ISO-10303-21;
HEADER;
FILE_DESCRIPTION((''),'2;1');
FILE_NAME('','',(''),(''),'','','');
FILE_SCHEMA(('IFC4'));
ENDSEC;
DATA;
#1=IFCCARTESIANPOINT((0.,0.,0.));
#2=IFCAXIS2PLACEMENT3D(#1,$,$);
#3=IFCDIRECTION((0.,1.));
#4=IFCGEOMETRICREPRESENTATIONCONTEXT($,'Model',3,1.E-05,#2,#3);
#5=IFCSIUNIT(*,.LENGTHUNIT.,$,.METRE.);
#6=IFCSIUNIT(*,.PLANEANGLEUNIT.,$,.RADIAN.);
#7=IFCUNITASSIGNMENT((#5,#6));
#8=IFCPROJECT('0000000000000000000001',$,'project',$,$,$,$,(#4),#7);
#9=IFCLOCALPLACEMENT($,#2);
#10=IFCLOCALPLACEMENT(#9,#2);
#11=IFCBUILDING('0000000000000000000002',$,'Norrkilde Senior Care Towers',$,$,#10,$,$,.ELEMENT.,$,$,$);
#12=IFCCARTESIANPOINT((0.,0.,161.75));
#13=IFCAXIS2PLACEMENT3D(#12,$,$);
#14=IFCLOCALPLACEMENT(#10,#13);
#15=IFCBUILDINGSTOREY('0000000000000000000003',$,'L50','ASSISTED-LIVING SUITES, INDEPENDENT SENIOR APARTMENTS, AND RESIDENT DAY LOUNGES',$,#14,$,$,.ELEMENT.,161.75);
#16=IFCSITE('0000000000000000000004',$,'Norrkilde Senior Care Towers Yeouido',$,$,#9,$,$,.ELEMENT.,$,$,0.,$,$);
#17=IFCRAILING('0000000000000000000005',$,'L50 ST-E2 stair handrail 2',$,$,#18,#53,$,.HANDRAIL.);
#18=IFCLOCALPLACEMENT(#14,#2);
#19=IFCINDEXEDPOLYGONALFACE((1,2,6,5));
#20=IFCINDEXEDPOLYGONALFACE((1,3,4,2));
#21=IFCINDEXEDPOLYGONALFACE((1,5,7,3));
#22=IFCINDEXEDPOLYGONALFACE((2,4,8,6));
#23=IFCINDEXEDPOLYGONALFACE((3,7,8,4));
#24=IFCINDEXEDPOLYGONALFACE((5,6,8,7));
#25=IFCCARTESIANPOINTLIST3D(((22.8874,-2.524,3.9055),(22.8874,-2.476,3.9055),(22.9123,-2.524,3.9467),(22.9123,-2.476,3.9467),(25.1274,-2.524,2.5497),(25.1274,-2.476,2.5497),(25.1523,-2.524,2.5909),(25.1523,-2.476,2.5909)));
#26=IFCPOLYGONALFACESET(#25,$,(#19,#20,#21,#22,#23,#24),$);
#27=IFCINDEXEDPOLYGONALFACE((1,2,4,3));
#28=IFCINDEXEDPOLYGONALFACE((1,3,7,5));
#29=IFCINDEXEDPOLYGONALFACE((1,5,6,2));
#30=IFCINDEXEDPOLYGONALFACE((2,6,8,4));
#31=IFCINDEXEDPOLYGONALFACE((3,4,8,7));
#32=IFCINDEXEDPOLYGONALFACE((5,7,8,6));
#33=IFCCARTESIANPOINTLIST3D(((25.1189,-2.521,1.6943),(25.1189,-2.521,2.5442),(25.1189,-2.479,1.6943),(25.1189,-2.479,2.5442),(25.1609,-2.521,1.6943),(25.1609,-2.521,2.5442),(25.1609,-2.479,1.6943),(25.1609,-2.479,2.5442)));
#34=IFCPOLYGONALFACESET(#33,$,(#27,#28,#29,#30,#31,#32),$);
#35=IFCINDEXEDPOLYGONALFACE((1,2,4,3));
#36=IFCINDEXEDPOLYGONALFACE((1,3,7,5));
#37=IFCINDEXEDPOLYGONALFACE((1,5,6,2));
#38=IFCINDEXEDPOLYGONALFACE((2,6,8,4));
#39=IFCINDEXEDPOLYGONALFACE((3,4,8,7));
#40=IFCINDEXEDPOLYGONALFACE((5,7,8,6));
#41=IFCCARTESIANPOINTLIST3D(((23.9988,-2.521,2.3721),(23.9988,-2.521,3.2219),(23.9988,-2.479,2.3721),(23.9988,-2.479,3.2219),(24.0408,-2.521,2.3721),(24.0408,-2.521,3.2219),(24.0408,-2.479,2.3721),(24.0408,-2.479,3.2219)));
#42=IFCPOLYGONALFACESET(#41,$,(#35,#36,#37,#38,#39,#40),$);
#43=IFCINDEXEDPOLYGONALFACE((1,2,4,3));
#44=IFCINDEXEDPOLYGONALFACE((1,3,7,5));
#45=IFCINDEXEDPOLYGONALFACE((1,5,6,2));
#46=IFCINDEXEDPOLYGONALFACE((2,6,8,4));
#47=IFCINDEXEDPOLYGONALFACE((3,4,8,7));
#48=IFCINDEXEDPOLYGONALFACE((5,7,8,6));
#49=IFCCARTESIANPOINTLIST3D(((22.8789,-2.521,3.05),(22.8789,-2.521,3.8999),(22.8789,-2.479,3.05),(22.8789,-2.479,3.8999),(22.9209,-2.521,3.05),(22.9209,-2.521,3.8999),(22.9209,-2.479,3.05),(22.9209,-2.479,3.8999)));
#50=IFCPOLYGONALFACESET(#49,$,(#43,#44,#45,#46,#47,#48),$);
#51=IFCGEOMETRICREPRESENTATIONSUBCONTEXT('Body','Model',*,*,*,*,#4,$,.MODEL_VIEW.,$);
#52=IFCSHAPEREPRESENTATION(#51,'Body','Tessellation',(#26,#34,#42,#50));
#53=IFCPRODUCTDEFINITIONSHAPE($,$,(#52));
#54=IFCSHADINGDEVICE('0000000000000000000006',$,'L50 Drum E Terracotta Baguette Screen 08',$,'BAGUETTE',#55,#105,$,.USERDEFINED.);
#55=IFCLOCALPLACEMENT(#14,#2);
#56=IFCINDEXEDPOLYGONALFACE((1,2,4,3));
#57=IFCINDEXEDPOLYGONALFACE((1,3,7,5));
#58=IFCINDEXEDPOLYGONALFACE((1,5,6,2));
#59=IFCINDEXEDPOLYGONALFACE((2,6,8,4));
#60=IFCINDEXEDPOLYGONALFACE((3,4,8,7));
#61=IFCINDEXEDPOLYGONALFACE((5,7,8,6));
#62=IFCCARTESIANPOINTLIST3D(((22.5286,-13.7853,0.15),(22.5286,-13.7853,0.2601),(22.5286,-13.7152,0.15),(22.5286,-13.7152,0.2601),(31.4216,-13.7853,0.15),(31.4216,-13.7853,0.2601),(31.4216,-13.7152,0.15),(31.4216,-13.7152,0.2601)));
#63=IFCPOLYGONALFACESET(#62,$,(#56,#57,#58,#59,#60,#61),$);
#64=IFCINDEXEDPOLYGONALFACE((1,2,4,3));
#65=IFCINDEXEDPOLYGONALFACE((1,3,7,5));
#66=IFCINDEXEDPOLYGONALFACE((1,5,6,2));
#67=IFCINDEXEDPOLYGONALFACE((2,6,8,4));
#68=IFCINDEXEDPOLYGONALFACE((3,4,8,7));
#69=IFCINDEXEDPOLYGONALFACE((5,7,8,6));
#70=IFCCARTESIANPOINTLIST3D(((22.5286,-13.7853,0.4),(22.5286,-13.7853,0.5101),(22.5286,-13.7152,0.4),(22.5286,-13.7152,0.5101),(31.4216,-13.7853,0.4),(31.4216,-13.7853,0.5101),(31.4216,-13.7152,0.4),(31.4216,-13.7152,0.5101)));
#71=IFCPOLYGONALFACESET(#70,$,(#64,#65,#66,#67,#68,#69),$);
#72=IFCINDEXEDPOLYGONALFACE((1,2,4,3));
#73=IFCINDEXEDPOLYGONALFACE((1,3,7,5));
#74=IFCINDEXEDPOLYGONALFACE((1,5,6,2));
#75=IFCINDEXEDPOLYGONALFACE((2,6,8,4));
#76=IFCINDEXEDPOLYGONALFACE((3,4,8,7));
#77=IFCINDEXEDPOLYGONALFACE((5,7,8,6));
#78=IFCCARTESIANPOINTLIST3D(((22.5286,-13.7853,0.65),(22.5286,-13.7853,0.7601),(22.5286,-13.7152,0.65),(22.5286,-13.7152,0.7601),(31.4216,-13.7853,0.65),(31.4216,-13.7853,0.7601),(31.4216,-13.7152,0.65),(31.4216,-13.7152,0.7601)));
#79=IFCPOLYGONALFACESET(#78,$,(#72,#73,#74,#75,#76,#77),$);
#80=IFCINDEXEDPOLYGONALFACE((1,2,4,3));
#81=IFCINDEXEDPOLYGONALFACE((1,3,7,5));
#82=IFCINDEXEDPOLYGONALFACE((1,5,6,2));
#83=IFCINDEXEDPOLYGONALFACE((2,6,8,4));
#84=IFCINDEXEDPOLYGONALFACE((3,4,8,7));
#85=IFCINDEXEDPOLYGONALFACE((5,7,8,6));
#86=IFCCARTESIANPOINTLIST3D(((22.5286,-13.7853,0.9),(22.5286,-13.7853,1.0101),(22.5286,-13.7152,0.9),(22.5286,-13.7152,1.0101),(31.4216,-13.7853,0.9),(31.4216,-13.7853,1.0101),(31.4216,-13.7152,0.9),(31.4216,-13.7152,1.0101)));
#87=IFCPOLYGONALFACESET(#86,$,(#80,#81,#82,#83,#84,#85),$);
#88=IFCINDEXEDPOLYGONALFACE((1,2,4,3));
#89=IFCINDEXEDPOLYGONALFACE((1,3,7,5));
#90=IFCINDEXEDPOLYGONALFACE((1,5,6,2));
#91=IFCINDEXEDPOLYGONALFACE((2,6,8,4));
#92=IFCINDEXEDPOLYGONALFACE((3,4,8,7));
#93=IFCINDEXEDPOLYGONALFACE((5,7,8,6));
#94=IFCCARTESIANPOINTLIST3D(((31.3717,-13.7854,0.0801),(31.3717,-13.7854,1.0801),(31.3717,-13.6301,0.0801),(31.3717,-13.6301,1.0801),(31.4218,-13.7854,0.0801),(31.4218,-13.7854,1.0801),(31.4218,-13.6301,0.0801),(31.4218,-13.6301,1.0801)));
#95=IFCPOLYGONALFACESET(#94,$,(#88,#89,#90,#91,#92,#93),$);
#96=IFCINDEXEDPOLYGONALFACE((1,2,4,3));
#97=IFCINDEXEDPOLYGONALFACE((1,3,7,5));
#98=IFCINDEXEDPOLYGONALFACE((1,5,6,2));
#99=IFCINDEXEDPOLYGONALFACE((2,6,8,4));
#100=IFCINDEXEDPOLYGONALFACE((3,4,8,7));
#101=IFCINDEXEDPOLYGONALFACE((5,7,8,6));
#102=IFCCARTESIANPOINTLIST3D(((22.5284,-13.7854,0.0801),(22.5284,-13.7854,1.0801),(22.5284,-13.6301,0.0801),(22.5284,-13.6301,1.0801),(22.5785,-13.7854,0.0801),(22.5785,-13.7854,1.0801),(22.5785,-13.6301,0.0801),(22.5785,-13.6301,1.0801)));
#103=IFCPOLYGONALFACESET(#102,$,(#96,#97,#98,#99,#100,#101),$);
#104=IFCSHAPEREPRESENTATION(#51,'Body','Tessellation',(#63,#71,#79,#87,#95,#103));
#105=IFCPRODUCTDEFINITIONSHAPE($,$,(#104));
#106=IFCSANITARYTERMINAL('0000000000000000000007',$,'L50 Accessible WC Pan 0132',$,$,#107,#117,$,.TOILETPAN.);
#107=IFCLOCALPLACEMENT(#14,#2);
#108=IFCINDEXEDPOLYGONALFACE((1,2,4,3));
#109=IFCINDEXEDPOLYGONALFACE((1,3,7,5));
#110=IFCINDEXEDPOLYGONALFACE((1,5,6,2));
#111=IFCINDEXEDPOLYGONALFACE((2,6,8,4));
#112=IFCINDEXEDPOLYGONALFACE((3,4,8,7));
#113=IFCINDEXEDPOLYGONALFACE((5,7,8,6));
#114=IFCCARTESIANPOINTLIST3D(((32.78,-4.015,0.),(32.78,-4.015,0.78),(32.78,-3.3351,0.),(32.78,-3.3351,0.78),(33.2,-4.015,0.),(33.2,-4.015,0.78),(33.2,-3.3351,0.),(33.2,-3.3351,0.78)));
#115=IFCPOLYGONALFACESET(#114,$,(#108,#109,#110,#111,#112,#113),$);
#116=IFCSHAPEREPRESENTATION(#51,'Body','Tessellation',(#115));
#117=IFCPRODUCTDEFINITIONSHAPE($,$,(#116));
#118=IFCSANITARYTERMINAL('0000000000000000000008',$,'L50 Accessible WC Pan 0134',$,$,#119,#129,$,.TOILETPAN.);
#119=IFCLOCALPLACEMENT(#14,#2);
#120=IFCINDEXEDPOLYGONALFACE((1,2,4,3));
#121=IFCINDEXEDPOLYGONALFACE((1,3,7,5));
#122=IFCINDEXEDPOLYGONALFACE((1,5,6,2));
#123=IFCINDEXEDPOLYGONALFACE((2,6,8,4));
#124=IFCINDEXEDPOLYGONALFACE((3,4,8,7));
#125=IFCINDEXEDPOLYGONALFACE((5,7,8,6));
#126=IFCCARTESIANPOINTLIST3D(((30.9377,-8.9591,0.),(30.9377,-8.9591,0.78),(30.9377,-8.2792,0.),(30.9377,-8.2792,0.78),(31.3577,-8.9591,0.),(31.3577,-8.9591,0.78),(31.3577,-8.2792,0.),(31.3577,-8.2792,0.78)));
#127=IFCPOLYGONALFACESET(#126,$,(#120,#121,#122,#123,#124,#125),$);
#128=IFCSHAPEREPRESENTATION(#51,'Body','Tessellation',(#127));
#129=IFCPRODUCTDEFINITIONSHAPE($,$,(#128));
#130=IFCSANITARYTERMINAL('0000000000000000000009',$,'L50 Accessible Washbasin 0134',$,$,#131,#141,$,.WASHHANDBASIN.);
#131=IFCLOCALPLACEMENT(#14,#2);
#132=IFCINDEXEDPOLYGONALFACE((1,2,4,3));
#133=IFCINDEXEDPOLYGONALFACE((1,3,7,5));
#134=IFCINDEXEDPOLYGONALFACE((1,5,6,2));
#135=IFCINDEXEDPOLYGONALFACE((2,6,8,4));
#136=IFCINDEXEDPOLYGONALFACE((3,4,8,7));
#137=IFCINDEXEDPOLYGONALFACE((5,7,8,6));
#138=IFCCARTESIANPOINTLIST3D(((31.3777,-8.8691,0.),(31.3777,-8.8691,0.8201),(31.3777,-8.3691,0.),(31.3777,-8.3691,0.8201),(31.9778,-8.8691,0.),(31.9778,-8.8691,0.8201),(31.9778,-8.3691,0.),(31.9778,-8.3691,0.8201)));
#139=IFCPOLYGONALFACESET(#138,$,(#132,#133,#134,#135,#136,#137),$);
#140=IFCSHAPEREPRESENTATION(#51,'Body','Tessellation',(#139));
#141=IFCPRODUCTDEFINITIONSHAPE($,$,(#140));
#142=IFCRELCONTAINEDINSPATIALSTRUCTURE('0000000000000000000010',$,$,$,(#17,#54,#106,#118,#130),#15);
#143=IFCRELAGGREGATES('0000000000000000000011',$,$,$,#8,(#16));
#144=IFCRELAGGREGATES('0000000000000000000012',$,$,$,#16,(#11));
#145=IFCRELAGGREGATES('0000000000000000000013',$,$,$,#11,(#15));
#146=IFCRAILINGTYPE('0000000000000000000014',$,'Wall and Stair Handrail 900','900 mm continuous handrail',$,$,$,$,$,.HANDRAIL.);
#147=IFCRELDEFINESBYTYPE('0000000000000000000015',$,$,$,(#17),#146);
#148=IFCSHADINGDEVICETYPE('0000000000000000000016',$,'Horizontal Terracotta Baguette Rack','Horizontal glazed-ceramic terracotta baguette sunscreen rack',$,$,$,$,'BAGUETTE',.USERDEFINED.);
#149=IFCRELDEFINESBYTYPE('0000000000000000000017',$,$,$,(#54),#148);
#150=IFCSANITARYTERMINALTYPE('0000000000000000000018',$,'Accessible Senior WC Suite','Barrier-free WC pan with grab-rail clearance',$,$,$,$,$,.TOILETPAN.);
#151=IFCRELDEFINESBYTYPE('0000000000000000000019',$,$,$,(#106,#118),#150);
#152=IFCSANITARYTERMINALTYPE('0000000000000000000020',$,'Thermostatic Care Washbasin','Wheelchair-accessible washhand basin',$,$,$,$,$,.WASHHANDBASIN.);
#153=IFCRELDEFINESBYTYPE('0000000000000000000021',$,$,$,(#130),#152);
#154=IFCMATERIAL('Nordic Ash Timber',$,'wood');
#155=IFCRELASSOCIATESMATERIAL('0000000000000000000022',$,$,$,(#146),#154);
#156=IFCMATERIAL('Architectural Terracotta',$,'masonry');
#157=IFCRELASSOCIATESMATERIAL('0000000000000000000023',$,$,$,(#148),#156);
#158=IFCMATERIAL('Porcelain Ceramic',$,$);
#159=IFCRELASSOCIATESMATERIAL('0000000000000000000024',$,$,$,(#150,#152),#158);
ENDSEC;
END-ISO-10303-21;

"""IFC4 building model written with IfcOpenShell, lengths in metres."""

from ifc_helpers import new_model, si_unit, direction, frame, origin, origin_2d, place, context, subcontext, project, spatial, rectangle, extrude, source, transform, mapped, material, type_object, type_shapes, element, save


model = new_model("IFC4")

# Units and contexts
model_context = context("Model", 3, precision=1e-05, world=origin(), true_north=direction((0.0, 1.0)))
body_context = subcontext(model_context, "Body", "Model", "MODEL_VIEW")
ifc_project = project(units=[si_unit("LENGTHUNIT", "METRE"), si_unit("PLANEANGLEUNIT", "RADIAN")], contexts=[model_context])

# Site, building, storey
site_placement = place(None, origin())
site = spatial("IfcSite", under=ifc_project, at=site_placement, Name="Norrkilde Senior Care Towers Yeouido", CompositionType="ELEMENT", RefElevation=0.0)
building_placement = place(site_placement, origin())
building = spatial("IfcBuilding", under=site, at=building_placement, Name="Norrkilde Senior Care Towers", CompositionType="ELEMENT")
storey_placement = place(building_placement, frame((0.0, 0.0, 161.75)))
storey = spatial("IfcBuildingStorey", under=building, at=storey_placement, Name="L50", Description="ASSISTED-LIVING SUITES, INDEPENDENT SENIOR APARTMENTS, AND RESIDENT DAY LOUNGES", CompositionType="ELEMENT", Elevation=161.75)

# Shared definitions
ifc_material_1 = material(Name="Nordic Ash Timber", Category="wood")

# Railing
railing_type_1 = type_object("IfcRailingType", Name="Wall and Stair Handrail 900", Description="900 mm continuous handrail", PredefinedType="HANDRAIL", material=ifc_material_1)
railing_1_placement = place(storey_placement, frame((25.1399, -2.5, 1.6943)))
element("IfcRailing", 1, at=railing_1_placement, inside=storey, type_object=railing_type_1, Name="L50 ST-E2 stair handrail 2", PredefinedType="HANDRAIL", context=body_context, shape_type="SweptSolid", body=[
    extrude(rectangle(XDim=0.0481, YDim=0.0481, at=origin_2d()), frame((0.0, 0.0, 0.876), z_axis=(-0.855512, 0.0, 0.517783), x_axis=(0.0, -1.0, 0.0)), (0.0, 0.0, 1.0), 2.6184),
    extrude(rectangle(XDim=0.042, YDim=0.042, at=origin_2d()), origin(), (0.0, 0.0, 1.0), 0.8499),
    extrude(rectangle(XDim=0.042, YDim=0.042, at=origin_2d()), frame((-1.1201, 0.0, 0.6777)), (0.0, 0.0, 1.0), 0.8499),
    extrude(rectangle(XDim=0.042, YDim=0.042, at=origin_2d()), frame((-2.24, 0.0, 1.3557)), (0.0, 0.0, 1.0), 0.8499),
])

# Shading device
ifc_material_2 = material(Name="Architectural Terracotta", Category="masonry")
shading_device_type = type_object("IfcShadingDeviceType", Name="Horizontal Terracotta Baguette Rack", Description="Horizontal glazed-ceramic terracotta baguette sunscreen rack", ElementType="BAGUETTE", PredefinedType="USERDEFINED", material=ifc_material_2)
shared_shape_1 = source(origin(), body_context, "Body", "SweptSolid", [
    extrude(rectangle(XDim=0.0701, YDim=0.1101, at=origin_2d()), frame((0.0, 0.0901, 0.125), z_axis=(1.0, 0.0, 0.0), x_axis=(0.0, 1.0, 0.0)), (0.0, 0.0, 1.0), 8.8931),
    extrude(rectangle(XDim=0.0701, YDim=0.1101, at=origin_2d()), frame((0.0, 0.0901, 0.375), z_axis=(1.0, 0.0, 0.0), x_axis=(0.0, 1.0, 0.0)), (0.0, 0.0, 1.0), 8.8931),
    extrude(rectangle(XDim=0.0701, YDim=0.1101, at=origin_2d()), frame((0.0, 0.0901, 0.625), z_axis=(1.0, 0.0, 0.0), x_axis=(0.0, 1.0, 0.0)), (0.0, 0.0, 1.0), 8.8931),
    extrude(rectangle(XDim=0.0701, YDim=0.1101, at=origin_2d()), frame((0.0, 0.0901, 0.875), z_axis=(1.0, 0.0, 0.0), x_axis=(0.0, 1.0, 0.0)), (0.0, 0.0, 1.0), 8.8931),
    extrude(rectangle(XDim=0.05, YDim=0.1553, at=origin_2d()), frame((0.0249, 0.0476, 0.0)), (0.0, 0.0, 1.0), 1.0),
    extrude(rectangle(XDim=0.05, YDim=0.1553, at=origin_2d()), frame((8.8682, 0.0476, 0.0)), (0.0, 0.0, 1.0), 1.0),
])
type_shapes(shading_device_type, [shared_shape_1])
shading_device_placement = place(storey_placement, frame((31.4216, -13.6602, 0.0801), z_axis=(0.0, 0.0, 1.0), x_axis=(-1.0, 0.0, 0.0)))
element("IfcShadingDevice", 2, at=shading_device_placement, inside=storey, type_object=shading_device_type, Name="L50 Drum E Terracotta Baguette Screen 08", ObjectType="BAGUETTE", PredefinedType="USERDEFINED", context=body_context, shape_type="MappedRepresentation", body=[
    mapped(shared_shape_1, transform((0.0, 0.0, 0.0), x_axis=(1.0, 0.0, 0.0), y_axis=(0.0, 1.0, 0.0), z_axis=(0.0, 0.0, 1.0), scale=1.0)),
])

# Sanitary terminals
ifc_material_3 = material(Name="Porcelain Ceramic")
sanitary_terminal_type_1 = type_object("IfcSanitaryTerminalType", Name="Accessible Senior WC Suite", Description="Barrier-free WC pan with grab-rail clearance", PredefinedType="TOILETPAN", material=ifc_material_3)
shared_shape_2 = source(origin(), body_context, "Body", "SweptSolid", [
    extrude(rectangle(XDim=0.4199, YDim=0.6799, at=origin_2d()), origin(), (0.0, 0.0, 1.0), 0.78),
])
type_shapes(sanitary_terminal_type_1, [shared_shape_2])
for number, where, z_axis, x_axis, name in (
    (3, (32.99, -3.675, 0.0), (0.0, 0.0, 1.0), (1.0, 0.0, 0.0), "L50 Accessible WC Pan 0132"),
    (4, (31.1477, -8.6191, 0.0), (0.0, 0.0, 1.0), (1.0, 0.0, 0.0), "L50 Accessible WC Pan 0134"),
):
    element("IfcSanitaryTerminal", number, at=place(storey_placement, frame(where, z_axis=z_axis, x_axis=x_axis)), inside=storey, type_object=sanitary_terminal_type_1, Name=name, PredefinedType="TOILETPAN", context=body_context, shape_type="MappedRepresentation", body=[
        mapped(shared_shape_2, transform((0.0, 0.0, 0.0), x_axis=(1.0, 0.0, 0.0), y_axis=(0.0, 1.0, 0.0), z_axis=(0.0, 0.0, 1.0), scale=1.0)),
    ])
sanitary_terminal_type_2 = type_object("IfcSanitaryTerminalType", Name="Thermostatic Care Washbasin", Description="Wheelchair-accessible washhand basin", PredefinedType="WASHHANDBASIN", material=ifc_material_3)
shared_shape_3 = source(origin(), body_context, "Body", "SweptSolid", [
    extrude(rectangle(XDim=0.6001, YDim=0.5, at=origin_2d()), origin(), (0.0, 0.0, 1.0), 0.8201),
])
type_shapes(sanitary_terminal_type_2, [shared_shape_3])
sanitary_terminal_placement = place(storey_placement, frame((31.6777, -8.6191, 0.0), z_axis=(0.0, 0.0, 1.0), x_axis=(1.0, 0.0, 0.0)))
element("IfcSanitaryTerminal", 5, at=sanitary_terminal_placement, inside=storey, type_object=sanitary_terminal_type_2, Name="L50 Accessible Washbasin 0134", PredefinedType="WASHHANDBASIN", context=body_context, shape_type="MappedRepresentation", body=[
    mapped(shared_shape_3, transform((0.0, 0.0, 0.0), x_axis=(1.0, 0.0, 0.0), y_axis=(0.0, 1.0, 0.0), z_axis=(0.0, 0.0, 1.0), scale=1.0)),
])

save(model, "model.ifc")
